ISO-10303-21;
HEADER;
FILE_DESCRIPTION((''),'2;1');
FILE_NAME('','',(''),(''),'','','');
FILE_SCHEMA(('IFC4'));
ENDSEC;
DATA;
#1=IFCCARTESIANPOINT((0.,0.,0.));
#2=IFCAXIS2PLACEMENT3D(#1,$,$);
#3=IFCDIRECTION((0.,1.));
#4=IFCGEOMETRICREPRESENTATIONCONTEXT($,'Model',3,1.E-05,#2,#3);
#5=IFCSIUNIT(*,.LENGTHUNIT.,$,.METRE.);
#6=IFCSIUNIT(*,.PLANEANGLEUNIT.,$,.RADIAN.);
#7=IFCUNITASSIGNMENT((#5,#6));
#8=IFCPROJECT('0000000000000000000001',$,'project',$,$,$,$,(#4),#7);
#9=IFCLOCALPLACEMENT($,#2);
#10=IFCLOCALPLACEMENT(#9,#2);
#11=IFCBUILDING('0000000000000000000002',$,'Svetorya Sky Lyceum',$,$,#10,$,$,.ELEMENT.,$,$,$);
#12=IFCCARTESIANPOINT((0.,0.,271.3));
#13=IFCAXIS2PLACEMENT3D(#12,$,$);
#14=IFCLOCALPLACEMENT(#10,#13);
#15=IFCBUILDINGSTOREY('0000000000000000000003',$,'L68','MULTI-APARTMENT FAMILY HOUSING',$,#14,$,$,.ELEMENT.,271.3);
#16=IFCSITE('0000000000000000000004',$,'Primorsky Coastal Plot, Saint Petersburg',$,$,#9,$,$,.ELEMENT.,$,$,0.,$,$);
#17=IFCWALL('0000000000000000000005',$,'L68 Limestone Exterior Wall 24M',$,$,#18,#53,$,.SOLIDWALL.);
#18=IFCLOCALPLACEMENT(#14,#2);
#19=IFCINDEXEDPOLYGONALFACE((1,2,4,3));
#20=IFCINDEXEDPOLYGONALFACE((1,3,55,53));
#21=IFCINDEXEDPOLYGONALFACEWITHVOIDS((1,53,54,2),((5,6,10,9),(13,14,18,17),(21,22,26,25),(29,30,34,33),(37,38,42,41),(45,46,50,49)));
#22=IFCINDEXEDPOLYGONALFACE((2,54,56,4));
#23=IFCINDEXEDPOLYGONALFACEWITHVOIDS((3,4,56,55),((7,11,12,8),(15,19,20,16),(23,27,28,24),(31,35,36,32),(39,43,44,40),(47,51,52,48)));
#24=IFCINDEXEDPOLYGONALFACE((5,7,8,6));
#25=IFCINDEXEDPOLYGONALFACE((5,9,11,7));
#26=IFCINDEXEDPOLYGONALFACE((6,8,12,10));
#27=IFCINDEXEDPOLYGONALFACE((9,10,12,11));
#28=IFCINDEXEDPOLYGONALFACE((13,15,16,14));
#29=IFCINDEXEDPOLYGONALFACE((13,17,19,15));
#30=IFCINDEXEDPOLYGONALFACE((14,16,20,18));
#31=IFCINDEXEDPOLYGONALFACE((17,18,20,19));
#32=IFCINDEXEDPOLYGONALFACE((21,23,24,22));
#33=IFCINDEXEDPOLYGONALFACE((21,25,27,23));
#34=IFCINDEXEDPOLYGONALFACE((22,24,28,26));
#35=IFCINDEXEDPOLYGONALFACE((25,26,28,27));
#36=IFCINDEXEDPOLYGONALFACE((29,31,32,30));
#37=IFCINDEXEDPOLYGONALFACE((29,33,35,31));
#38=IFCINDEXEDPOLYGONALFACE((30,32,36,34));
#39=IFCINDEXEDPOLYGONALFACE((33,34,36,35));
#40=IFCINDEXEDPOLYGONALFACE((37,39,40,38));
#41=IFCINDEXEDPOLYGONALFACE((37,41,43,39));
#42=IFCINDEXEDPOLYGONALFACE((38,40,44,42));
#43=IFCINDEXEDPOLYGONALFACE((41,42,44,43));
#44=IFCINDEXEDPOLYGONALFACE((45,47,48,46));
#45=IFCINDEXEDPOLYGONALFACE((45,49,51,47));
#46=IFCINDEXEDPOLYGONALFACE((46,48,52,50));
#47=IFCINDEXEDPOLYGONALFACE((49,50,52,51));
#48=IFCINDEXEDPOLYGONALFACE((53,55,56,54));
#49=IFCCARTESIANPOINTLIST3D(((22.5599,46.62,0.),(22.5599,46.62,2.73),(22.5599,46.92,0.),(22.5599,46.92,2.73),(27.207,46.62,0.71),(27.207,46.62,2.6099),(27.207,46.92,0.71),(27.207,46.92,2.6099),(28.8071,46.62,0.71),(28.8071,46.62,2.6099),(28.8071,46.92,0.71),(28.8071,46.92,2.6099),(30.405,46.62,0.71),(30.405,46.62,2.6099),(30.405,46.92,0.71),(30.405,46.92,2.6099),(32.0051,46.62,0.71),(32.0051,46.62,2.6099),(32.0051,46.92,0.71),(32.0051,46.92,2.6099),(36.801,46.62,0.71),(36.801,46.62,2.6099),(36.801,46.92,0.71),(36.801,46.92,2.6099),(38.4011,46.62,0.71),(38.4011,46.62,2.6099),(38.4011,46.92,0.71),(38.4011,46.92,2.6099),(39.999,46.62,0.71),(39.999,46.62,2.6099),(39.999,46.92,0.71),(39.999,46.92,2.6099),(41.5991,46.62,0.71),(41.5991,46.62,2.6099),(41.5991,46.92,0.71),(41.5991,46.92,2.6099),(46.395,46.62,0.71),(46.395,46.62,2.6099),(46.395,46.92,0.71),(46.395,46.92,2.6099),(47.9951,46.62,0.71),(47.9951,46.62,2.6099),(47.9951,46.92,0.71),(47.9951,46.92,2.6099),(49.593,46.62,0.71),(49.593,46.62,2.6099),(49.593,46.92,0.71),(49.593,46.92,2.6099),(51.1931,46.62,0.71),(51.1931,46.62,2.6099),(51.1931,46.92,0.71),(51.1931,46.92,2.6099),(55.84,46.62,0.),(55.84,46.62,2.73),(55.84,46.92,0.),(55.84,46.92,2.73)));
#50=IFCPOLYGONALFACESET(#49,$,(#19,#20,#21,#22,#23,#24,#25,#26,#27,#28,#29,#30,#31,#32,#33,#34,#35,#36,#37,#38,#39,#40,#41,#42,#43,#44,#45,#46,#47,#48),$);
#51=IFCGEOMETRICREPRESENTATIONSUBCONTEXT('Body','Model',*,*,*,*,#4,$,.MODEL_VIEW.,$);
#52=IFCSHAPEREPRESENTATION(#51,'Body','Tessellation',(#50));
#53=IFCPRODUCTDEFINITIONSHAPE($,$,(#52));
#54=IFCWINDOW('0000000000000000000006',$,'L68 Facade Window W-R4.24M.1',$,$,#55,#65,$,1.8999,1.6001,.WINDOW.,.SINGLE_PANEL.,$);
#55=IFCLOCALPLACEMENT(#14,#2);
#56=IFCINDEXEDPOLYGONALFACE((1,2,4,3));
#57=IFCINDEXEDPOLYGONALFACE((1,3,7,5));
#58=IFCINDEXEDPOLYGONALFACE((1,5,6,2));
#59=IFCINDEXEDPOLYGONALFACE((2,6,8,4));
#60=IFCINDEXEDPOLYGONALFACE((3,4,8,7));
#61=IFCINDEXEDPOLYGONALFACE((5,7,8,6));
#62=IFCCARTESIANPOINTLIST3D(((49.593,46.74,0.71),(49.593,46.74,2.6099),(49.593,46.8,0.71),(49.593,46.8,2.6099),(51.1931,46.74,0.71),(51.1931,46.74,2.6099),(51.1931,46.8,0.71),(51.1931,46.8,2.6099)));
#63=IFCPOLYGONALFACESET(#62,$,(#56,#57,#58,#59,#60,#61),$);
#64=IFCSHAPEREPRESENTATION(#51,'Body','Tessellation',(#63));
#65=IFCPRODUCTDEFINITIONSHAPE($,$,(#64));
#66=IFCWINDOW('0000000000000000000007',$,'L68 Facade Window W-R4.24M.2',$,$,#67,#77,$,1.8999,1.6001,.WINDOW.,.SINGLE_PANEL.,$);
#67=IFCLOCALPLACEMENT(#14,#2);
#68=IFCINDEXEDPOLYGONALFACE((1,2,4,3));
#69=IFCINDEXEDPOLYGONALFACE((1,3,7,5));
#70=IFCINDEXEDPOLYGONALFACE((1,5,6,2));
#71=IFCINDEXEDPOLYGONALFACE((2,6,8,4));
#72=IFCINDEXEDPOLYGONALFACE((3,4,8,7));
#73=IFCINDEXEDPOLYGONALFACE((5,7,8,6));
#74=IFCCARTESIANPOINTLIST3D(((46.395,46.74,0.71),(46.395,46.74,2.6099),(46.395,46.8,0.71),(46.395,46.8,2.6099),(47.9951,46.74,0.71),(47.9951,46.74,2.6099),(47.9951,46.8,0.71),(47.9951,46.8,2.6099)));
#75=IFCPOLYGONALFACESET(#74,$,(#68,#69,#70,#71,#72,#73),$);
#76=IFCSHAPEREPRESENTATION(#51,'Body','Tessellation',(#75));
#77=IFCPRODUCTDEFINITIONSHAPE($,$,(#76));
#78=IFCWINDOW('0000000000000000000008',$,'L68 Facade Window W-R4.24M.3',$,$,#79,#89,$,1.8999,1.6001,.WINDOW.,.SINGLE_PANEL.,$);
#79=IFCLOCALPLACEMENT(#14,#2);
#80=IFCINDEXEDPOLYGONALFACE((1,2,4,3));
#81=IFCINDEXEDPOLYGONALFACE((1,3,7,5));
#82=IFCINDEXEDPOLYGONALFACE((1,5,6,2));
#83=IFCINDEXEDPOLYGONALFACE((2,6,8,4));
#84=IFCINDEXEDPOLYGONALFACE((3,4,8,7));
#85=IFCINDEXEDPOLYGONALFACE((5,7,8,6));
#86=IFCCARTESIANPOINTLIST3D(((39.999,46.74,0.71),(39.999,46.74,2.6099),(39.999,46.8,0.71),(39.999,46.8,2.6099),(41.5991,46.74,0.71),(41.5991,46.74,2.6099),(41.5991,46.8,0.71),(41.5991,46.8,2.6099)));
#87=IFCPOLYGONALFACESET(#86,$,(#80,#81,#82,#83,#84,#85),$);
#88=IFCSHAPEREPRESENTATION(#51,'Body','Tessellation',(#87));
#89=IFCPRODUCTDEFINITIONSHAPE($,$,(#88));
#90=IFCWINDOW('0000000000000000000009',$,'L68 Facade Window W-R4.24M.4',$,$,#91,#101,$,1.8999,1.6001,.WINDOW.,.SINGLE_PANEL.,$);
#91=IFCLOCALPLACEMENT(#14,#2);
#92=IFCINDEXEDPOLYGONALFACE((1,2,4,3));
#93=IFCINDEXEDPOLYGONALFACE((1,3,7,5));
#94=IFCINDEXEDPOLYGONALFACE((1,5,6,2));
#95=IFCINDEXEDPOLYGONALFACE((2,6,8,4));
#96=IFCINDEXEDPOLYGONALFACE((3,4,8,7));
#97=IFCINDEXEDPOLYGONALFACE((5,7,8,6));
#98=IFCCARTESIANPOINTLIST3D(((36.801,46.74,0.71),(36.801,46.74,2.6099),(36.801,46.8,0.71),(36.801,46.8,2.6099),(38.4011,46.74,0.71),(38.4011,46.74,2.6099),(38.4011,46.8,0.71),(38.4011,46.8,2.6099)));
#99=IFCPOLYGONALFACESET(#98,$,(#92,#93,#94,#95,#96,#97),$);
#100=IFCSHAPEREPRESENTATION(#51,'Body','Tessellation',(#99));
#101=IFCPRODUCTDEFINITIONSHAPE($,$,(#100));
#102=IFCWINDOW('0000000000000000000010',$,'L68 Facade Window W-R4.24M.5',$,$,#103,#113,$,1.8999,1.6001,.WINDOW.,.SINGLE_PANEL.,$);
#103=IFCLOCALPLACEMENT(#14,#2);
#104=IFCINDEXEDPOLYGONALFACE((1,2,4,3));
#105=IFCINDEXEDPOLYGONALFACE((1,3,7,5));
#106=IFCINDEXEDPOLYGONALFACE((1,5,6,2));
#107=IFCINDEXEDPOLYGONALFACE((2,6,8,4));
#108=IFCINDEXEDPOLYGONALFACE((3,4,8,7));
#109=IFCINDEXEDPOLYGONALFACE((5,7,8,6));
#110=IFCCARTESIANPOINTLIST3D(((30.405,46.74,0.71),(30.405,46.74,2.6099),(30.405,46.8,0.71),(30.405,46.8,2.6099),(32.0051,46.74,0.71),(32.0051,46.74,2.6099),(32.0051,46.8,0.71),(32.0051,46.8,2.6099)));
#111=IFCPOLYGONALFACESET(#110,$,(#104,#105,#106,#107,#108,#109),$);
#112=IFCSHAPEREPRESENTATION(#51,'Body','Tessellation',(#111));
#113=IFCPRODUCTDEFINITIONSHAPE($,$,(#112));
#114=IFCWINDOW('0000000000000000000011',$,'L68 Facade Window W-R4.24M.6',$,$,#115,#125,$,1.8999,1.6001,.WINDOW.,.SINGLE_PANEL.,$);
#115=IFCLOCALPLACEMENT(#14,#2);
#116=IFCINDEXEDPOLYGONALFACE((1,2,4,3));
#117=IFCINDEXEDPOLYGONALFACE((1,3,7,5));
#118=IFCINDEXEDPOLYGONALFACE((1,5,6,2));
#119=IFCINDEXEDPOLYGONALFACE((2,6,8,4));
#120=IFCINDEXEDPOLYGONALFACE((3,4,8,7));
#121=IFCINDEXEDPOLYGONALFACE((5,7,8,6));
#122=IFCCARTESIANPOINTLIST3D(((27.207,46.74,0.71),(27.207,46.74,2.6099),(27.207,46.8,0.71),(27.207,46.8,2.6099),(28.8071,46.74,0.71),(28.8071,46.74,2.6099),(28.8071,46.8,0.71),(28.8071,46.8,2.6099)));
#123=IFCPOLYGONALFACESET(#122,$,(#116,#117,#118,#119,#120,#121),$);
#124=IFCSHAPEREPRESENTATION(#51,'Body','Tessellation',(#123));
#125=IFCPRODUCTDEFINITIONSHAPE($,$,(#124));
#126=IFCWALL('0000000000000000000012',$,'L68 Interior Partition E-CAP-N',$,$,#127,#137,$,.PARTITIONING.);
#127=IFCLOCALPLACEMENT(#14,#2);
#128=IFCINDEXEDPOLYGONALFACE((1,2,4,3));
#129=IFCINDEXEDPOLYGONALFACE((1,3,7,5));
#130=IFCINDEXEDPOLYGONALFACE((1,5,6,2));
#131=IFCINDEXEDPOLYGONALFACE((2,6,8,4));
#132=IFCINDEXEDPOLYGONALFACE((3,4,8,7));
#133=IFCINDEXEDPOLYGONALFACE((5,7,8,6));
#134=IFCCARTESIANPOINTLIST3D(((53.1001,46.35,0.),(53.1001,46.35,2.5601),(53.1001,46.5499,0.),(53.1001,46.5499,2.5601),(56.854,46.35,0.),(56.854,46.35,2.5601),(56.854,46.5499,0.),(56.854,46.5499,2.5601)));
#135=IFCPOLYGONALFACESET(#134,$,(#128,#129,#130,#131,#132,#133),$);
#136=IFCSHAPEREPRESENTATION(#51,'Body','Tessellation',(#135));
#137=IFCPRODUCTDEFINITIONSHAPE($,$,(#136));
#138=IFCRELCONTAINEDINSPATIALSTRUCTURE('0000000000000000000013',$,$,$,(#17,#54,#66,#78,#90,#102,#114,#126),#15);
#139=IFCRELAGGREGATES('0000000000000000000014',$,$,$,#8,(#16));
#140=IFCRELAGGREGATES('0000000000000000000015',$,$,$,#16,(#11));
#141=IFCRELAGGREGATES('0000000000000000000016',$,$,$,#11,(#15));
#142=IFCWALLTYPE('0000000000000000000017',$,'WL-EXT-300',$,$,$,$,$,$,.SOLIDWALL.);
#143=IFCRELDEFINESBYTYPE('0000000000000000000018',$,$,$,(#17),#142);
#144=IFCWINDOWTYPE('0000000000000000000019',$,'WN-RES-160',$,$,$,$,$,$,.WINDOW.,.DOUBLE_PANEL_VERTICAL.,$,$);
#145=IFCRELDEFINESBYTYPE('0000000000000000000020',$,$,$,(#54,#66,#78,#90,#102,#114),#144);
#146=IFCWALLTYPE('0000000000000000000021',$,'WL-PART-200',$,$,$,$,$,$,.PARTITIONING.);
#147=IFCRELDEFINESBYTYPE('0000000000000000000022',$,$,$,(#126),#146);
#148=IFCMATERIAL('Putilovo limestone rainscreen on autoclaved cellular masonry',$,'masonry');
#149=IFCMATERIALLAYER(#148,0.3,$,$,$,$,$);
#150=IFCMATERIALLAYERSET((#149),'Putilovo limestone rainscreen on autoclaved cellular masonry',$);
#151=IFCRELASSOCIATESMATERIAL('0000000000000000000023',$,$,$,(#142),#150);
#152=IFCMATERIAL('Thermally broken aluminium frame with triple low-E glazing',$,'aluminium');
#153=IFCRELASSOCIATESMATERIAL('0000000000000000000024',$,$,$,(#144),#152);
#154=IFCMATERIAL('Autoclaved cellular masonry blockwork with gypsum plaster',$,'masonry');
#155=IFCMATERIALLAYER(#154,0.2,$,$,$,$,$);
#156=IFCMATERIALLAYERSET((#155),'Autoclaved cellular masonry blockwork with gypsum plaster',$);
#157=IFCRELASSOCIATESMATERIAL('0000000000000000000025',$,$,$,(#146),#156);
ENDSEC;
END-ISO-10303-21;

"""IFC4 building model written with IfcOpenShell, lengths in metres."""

from ifc_helpers import new_model, si_unit, direction, frame, frame_2d, origin, place, context, subcontext, project, spatial, rectangle, extrude, material, layer, layer_set, type_object, element, fill, save


model = new_model("IFC4")

# Units and contexts
model_context = context("Model", 3, precision=1e-05, world=origin(), true_north=direction((0.0, 1.0)))
body_context = subcontext(model_context, "Body", "Model", "MODEL_VIEW")
ifc_project = project(units=[si_unit("LENGTHUNIT", "METRE"), si_unit("PLANEANGLEUNIT", "RADIAN")], contexts=[model_context])

# Site, building, storey
site_placement = place(None, origin())
site = spatial("IfcSite", under=ifc_project, at=site_placement, Name="Primorsky Coastal Plot, Saint Petersburg", CompositionType="ELEMENT", RefElevation=0.0)
building_placement = place(site_placement, origin())
building = spatial("IfcBuilding", under=site, at=building_placement, Name="Svetorya Sky Lyceum", CompositionType="ELEMENT")
storey_placement = place(building_placement, frame((0.0, 0.0, 271.3)))
storey = spatial("IfcBuildingStorey", under=building, at=storey_placement, Name="L68", Description="MULTI-APARTMENT FAMILY HOUSING", CompositionType="ELEMENT", Elevation=271.3)

# Shared definitions
ifc_material_1 = material(Name="Putilovo limestone rainscreen on autoclaved cellular masonry", Category="masonry")
ifc_layer_1 = layer(ifc_material_1, 0.3)
ifc_layer_set_1 = layer_set([ifc_layer_1], Name="Putilovo limestone rainscreen on autoclaved cellular masonry")
wall_type_1 = type_object("IfcWallType", Name="WL-EXT-300", PredefinedType="SOLIDWALL", material=ifc_layer_set_1)

# Wall, openings, windows
wall_1_placement = place(storey_placement, frame((55.8401, 46.77, 0.0), z_axis=(0.0, 0.0, 1.0), x_axis=(-1.0, 0.0, 0.0)))
wall_1 = element("IfcWall", 1, at=wall_1_placement, inside=storey, type_object=wall_type_1, Name="L68 Limestone Exterior Wall 24M", PredefinedType="SOLIDWALL", context=body_context, shape_type="SweptSolid", body=[
    extrude(rectangle(XDim=33.28, YDim=0.3, at=frame_2d((16.6401, 0.0))), origin(), (0.0, 0.0, 1.0), 2.73),
])
opening_1_placement = place(wall_1_placement, frame((4.647, 0.0, 0.71)))
opening_1 = element("IfcOpeningElement", 2, at=opening_1_placement, cuts=wall_1, PredefinedType="OPENING", context=body_context, shape_type="SweptSolid", body=[
    extrude(rectangle(XDim=1.6001, YDim=1.8999, at=frame_2d((0.8, 0.95))), frame((0.0, 0.1599, 0.0), z_axis=(0.0, -1.0, 0.0), x_axis=(1.0, 0.0, 0.0)), (0.0, 0.0, 1.0), 0.3201),
])
opening_2_placement = place(wall_1_placement, frame((7.845, 0.0, 0.71)))
opening_2 = element("IfcOpeningElement", 3, at=opening_2_placement, cuts=wall_1, PredefinedType="OPENING", context=body_context, shape_type="SweptSolid", body=[
    extrude(rectangle(XDim=1.6001, YDim=1.8999, at=frame_2d((0.8, 0.95))), frame((0.0, 0.1599, 0.0), z_axis=(0.0, -1.0, 0.0), x_axis=(1.0, 0.0, 0.0)), (0.0, 0.0, 1.0), 0.3201),
])
opening_3_placement = place(wall_1_placement, frame((14.241, 0.0, 0.71)))
opening_3 = element("IfcOpeningElement", 4, at=opening_3_placement, cuts=wall_1, PredefinedType="OPENING", context=body_context, shape_type="SweptSolid", body=[
    extrude(rectangle(XDim=1.6001, YDim=1.8999, at=frame_2d((0.8, 0.95))), frame((0.0, 0.1599, 0.0), z_axis=(0.0, -1.0, 0.0), x_axis=(1.0, 0.0, 0.0)), (0.0, 0.0, 1.0), 0.3201),
])
opening_4_placement = place(wall_1_placement, frame((17.439, 0.0, 0.71)))
opening_4 = element("IfcOpeningElement", 5, at=opening_4_placement, cuts=wall_1, PredefinedType="OPENING", context=body_context, shape_type="SweptSolid", body=[
    extrude(rectangle(XDim=1.6001, YDim=1.8999, at=frame_2d((0.8, 0.95))), frame((0.0, 0.1599, 0.0), z_axis=(0.0, -1.0, 0.0), x_axis=(1.0, 0.0, 0.0)), (0.0, 0.0, 1.0), 0.3201),
])
opening_5_placement = place(wall_1_placement, frame((23.835, 0.0, 0.71)))
opening_5 = element("IfcOpeningElement", 6, at=opening_5_placement, cuts=wall_1, PredefinedType="OPENING", context=body_context, shape_type="SweptSolid", body=[
    extrude(rectangle(XDim=1.6001, YDim=1.8999, at=frame_2d((0.8, 0.95))), frame((0.0, 0.1599, 0.0), z_axis=(0.0, -1.0, 0.0), x_axis=(1.0, 0.0, 0.0)), (0.0, 0.0, 1.0), 0.3201),
])
opening_6_placement = place(wall_1_placement, frame((27.033, 0.0, 0.71)))
opening_6 = element("IfcOpeningElement", 7, at=opening_6_placement, cuts=wall_1, PredefinedType="OPENING", context=body_context, shape_type="SweptSolid", body=[
    extrude(rectangle(XDim=1.6001, YDim=1.8999, at=frame_2d((0.8, 0.95))), frame((0.0, 0.1599, 0.0), z_axis=(0.0, -1.0, 0.0), x_axis=(1.0, 0.0, 0.0)), (0.0, 0.0, 1.0), 0.3201),
])
ifc_material_2 = material(Name="Thermally broken aluminium frame with triple low-E glazing", Category="aluminium")
window_type = type_object("IfcWindowType", Name="WN-RES-160", PartitioningType="DOUBLE_PANEL_VERTICAL", PredefinedType="WINDOW", material=ifc_material_2)
window_1_placement = place(opening_1_placement, origin())
window_1 = element("IfcWindow", 8, at=window_1_placement, inside=storey, type_object=window_type, Name="L68 Facade Window W-R4.24M.1", OverallHeight=1.8999, OverallWidth=1.6001, PartitioningType="SINGLE_PANEL", PredefinedType="WINDOW", context=body_context, shape_type="SweptSolid", body=[
    extrude(rectangle(XDim=1.6001, YDim=1.8999, at=frame_2d((0.8, 0.95))), frame((0.0, 0.03, 0.0), z_axis=(0.0, -1.0, 0.0), x_axis=(1.0, 0.0, 0.0)), (0.0, 0.0, 1.0), 0.0601),
])
fill(opening_1, window_1)
window_2_placement = place(opening_2_placement, origin())
window_2 = element("IfcWindow", 9, at=window_2_placement, inside=storey, type_object=window_type, Name="L68 Facade Window W-R4.24M.2", OverallHeight=1.8999, OverallWidth=1.6001, PartitioningType="SINGLE_PANEL", PredefinedType="WINDOW", context=body_context, shape_type="SweptSolid", body=[
    extrude(rectangle(XDim=1.6001, YDim=1.8999, at=frame_2d((0.8, 0.95))), frame((0.0, 0.03, 0.0), z_axis=(0.0, -1.0, 0.0), x_axis=(1.0, 0.0, 0.0)), (0.0, 0.0, 1.0), 0.0601),
])
fill(opening_2, window_2)
window_3_placement = place(opening_3_placement, origin())
window_3 = element("IfcWindow", 10, at=window_3_placement, inside=storey, type_object=window_type, Name="L68 Facade Window W-R4.24M.3", OverallHeight=1.8999, OverallWidth=1.6001, PartitioningType="SINGLE_PANEL", PredefinedType="WINDOW", context=body_context, shape_type="SweptSolid", body=[
    extrude(rectangle(XDim=1.6001, YDim=1.8999, at=frame_2d((0.8, 0.95))), frame((0.0, 0.03, 0.0), z_axis=(0.0, -1.0, 0.0), x_axis=(1.0, 0.0, 0.0)), (0.0, 0.0, 1.0), 0.0601),
])
fill(opening_3, window_3)
window_4_placement = place(opening_4_placement, origin())
window_4 = element("IfcWindow", 11, at=window_4_placement, inside=storey, type_object=window_type, Name="L68 Facade Window W-R4.24M.4", OverallHeight=1.8999, OverallWidth=1.6001, PartitioningType="SINGLE_PANEL", PredefinedType="WINDOW", context=body_context, shape_type="SweptSolid", body=[
    extrude(rectangle(XDim=1.6001, YDim=1.8999, at=frame_2d((0.8, 0.95))), frame((0.0, 0.03, 0.0), z_axis=(0.0, -1.0, 0.0), x_axis=(1.0, 0.0, 0.0)), (0.0, 0.0, 1.0), 0.0601),
])
fill(opening_4, window_4)
window_5_placement = place(opening_5_placement, origin())
window_5 = element("IfcWindow", 12, at=window_5_placement, inside=storey, type_object=window_type, Name="L68 Facade Window W-R4.24M.5", OverallHeight=1.8999, OverallWidth=1.6001, PartitioningType="SINGLE_PANEL", PredefinedType="WINDOW", context=body_context, shape_type="SweptSolid", body=[
    extrude(rectangle(XDim=1.6001, YDim=1.8999, at=frame_2d((0.8, 0.95))), frame((0.0, 0.03, 0.0), z_axis=(0.0, -1.0, 0.0), x_axis=(1.0, 0.0, 0.0)), (0.0, 0.0, 1.0), 0.0601),
])
fill(opening_5, window_5)
window_6_placement = place(opening_6_placement, origin())
window_6 = element("IfcWindow", 13, at=window_6_placement, inside=storey, type_object=window_type, Name="L68 Facade Window W-R4.24M.6", OverallHeight=1.8999, OverallWidth=1.6001, PartitioningType="SINGLE_PANEL", PredefinedType="WINDOW", context=body_context, shape_type="SweptSolid", body=[
    extrude(rectangle(XDim=1.6001, YDim=1.8999, at=frame_2d((0.8, 0.95))), frame((0.0, 0.03, 0.0), z_axis=(0.0, -1.0, 0.0), x_axis=(1.0, 0.0, 0.0)), (0.0, 0.0, 1.0), 0.0601),
])
fill(opening_6, window_6)

# Wall
ifc_material_3 = material(Name="Autoclaved cellular masonry blockwork with gypsum plaster", Category="masonry")
ifc_layer_2 = layer(ifc_material_3, 0.2)
ifc_layer_set_2 = layer_set([ifc_layer_2], Name="Autoclaved cellular masonry blockwork with gypsum plaster")
wall_type_2 = type_object("IfcWallType", Name="WL-PART-200", PredefinedType="PARTITIONING", material=ifc_layer_set_2)
wall_2_placement = place(storey_placement, frame((53.1001, 46.45, 0.0), z_axis=(0.0, 0.0, 1.0), x_axis=(1.0, 0.0, 0.0)))
element("IfcWall", 14, at=wall_2_placement, inside=storey, type_object=wall_type_2, Name="L68 Interior Partition E-CAP-N", PredefinedType="PARTITIONING", context=body_context, shape_type="SweptSolid", body=[
    extrude(rectangle(XDim=3.7539, YDim=0.2, at=frame_2d((1.877, 0.0))), origin(), (0.0, 0.0, 1.0), 2.5601),
])

save(model, "model.ifc")
